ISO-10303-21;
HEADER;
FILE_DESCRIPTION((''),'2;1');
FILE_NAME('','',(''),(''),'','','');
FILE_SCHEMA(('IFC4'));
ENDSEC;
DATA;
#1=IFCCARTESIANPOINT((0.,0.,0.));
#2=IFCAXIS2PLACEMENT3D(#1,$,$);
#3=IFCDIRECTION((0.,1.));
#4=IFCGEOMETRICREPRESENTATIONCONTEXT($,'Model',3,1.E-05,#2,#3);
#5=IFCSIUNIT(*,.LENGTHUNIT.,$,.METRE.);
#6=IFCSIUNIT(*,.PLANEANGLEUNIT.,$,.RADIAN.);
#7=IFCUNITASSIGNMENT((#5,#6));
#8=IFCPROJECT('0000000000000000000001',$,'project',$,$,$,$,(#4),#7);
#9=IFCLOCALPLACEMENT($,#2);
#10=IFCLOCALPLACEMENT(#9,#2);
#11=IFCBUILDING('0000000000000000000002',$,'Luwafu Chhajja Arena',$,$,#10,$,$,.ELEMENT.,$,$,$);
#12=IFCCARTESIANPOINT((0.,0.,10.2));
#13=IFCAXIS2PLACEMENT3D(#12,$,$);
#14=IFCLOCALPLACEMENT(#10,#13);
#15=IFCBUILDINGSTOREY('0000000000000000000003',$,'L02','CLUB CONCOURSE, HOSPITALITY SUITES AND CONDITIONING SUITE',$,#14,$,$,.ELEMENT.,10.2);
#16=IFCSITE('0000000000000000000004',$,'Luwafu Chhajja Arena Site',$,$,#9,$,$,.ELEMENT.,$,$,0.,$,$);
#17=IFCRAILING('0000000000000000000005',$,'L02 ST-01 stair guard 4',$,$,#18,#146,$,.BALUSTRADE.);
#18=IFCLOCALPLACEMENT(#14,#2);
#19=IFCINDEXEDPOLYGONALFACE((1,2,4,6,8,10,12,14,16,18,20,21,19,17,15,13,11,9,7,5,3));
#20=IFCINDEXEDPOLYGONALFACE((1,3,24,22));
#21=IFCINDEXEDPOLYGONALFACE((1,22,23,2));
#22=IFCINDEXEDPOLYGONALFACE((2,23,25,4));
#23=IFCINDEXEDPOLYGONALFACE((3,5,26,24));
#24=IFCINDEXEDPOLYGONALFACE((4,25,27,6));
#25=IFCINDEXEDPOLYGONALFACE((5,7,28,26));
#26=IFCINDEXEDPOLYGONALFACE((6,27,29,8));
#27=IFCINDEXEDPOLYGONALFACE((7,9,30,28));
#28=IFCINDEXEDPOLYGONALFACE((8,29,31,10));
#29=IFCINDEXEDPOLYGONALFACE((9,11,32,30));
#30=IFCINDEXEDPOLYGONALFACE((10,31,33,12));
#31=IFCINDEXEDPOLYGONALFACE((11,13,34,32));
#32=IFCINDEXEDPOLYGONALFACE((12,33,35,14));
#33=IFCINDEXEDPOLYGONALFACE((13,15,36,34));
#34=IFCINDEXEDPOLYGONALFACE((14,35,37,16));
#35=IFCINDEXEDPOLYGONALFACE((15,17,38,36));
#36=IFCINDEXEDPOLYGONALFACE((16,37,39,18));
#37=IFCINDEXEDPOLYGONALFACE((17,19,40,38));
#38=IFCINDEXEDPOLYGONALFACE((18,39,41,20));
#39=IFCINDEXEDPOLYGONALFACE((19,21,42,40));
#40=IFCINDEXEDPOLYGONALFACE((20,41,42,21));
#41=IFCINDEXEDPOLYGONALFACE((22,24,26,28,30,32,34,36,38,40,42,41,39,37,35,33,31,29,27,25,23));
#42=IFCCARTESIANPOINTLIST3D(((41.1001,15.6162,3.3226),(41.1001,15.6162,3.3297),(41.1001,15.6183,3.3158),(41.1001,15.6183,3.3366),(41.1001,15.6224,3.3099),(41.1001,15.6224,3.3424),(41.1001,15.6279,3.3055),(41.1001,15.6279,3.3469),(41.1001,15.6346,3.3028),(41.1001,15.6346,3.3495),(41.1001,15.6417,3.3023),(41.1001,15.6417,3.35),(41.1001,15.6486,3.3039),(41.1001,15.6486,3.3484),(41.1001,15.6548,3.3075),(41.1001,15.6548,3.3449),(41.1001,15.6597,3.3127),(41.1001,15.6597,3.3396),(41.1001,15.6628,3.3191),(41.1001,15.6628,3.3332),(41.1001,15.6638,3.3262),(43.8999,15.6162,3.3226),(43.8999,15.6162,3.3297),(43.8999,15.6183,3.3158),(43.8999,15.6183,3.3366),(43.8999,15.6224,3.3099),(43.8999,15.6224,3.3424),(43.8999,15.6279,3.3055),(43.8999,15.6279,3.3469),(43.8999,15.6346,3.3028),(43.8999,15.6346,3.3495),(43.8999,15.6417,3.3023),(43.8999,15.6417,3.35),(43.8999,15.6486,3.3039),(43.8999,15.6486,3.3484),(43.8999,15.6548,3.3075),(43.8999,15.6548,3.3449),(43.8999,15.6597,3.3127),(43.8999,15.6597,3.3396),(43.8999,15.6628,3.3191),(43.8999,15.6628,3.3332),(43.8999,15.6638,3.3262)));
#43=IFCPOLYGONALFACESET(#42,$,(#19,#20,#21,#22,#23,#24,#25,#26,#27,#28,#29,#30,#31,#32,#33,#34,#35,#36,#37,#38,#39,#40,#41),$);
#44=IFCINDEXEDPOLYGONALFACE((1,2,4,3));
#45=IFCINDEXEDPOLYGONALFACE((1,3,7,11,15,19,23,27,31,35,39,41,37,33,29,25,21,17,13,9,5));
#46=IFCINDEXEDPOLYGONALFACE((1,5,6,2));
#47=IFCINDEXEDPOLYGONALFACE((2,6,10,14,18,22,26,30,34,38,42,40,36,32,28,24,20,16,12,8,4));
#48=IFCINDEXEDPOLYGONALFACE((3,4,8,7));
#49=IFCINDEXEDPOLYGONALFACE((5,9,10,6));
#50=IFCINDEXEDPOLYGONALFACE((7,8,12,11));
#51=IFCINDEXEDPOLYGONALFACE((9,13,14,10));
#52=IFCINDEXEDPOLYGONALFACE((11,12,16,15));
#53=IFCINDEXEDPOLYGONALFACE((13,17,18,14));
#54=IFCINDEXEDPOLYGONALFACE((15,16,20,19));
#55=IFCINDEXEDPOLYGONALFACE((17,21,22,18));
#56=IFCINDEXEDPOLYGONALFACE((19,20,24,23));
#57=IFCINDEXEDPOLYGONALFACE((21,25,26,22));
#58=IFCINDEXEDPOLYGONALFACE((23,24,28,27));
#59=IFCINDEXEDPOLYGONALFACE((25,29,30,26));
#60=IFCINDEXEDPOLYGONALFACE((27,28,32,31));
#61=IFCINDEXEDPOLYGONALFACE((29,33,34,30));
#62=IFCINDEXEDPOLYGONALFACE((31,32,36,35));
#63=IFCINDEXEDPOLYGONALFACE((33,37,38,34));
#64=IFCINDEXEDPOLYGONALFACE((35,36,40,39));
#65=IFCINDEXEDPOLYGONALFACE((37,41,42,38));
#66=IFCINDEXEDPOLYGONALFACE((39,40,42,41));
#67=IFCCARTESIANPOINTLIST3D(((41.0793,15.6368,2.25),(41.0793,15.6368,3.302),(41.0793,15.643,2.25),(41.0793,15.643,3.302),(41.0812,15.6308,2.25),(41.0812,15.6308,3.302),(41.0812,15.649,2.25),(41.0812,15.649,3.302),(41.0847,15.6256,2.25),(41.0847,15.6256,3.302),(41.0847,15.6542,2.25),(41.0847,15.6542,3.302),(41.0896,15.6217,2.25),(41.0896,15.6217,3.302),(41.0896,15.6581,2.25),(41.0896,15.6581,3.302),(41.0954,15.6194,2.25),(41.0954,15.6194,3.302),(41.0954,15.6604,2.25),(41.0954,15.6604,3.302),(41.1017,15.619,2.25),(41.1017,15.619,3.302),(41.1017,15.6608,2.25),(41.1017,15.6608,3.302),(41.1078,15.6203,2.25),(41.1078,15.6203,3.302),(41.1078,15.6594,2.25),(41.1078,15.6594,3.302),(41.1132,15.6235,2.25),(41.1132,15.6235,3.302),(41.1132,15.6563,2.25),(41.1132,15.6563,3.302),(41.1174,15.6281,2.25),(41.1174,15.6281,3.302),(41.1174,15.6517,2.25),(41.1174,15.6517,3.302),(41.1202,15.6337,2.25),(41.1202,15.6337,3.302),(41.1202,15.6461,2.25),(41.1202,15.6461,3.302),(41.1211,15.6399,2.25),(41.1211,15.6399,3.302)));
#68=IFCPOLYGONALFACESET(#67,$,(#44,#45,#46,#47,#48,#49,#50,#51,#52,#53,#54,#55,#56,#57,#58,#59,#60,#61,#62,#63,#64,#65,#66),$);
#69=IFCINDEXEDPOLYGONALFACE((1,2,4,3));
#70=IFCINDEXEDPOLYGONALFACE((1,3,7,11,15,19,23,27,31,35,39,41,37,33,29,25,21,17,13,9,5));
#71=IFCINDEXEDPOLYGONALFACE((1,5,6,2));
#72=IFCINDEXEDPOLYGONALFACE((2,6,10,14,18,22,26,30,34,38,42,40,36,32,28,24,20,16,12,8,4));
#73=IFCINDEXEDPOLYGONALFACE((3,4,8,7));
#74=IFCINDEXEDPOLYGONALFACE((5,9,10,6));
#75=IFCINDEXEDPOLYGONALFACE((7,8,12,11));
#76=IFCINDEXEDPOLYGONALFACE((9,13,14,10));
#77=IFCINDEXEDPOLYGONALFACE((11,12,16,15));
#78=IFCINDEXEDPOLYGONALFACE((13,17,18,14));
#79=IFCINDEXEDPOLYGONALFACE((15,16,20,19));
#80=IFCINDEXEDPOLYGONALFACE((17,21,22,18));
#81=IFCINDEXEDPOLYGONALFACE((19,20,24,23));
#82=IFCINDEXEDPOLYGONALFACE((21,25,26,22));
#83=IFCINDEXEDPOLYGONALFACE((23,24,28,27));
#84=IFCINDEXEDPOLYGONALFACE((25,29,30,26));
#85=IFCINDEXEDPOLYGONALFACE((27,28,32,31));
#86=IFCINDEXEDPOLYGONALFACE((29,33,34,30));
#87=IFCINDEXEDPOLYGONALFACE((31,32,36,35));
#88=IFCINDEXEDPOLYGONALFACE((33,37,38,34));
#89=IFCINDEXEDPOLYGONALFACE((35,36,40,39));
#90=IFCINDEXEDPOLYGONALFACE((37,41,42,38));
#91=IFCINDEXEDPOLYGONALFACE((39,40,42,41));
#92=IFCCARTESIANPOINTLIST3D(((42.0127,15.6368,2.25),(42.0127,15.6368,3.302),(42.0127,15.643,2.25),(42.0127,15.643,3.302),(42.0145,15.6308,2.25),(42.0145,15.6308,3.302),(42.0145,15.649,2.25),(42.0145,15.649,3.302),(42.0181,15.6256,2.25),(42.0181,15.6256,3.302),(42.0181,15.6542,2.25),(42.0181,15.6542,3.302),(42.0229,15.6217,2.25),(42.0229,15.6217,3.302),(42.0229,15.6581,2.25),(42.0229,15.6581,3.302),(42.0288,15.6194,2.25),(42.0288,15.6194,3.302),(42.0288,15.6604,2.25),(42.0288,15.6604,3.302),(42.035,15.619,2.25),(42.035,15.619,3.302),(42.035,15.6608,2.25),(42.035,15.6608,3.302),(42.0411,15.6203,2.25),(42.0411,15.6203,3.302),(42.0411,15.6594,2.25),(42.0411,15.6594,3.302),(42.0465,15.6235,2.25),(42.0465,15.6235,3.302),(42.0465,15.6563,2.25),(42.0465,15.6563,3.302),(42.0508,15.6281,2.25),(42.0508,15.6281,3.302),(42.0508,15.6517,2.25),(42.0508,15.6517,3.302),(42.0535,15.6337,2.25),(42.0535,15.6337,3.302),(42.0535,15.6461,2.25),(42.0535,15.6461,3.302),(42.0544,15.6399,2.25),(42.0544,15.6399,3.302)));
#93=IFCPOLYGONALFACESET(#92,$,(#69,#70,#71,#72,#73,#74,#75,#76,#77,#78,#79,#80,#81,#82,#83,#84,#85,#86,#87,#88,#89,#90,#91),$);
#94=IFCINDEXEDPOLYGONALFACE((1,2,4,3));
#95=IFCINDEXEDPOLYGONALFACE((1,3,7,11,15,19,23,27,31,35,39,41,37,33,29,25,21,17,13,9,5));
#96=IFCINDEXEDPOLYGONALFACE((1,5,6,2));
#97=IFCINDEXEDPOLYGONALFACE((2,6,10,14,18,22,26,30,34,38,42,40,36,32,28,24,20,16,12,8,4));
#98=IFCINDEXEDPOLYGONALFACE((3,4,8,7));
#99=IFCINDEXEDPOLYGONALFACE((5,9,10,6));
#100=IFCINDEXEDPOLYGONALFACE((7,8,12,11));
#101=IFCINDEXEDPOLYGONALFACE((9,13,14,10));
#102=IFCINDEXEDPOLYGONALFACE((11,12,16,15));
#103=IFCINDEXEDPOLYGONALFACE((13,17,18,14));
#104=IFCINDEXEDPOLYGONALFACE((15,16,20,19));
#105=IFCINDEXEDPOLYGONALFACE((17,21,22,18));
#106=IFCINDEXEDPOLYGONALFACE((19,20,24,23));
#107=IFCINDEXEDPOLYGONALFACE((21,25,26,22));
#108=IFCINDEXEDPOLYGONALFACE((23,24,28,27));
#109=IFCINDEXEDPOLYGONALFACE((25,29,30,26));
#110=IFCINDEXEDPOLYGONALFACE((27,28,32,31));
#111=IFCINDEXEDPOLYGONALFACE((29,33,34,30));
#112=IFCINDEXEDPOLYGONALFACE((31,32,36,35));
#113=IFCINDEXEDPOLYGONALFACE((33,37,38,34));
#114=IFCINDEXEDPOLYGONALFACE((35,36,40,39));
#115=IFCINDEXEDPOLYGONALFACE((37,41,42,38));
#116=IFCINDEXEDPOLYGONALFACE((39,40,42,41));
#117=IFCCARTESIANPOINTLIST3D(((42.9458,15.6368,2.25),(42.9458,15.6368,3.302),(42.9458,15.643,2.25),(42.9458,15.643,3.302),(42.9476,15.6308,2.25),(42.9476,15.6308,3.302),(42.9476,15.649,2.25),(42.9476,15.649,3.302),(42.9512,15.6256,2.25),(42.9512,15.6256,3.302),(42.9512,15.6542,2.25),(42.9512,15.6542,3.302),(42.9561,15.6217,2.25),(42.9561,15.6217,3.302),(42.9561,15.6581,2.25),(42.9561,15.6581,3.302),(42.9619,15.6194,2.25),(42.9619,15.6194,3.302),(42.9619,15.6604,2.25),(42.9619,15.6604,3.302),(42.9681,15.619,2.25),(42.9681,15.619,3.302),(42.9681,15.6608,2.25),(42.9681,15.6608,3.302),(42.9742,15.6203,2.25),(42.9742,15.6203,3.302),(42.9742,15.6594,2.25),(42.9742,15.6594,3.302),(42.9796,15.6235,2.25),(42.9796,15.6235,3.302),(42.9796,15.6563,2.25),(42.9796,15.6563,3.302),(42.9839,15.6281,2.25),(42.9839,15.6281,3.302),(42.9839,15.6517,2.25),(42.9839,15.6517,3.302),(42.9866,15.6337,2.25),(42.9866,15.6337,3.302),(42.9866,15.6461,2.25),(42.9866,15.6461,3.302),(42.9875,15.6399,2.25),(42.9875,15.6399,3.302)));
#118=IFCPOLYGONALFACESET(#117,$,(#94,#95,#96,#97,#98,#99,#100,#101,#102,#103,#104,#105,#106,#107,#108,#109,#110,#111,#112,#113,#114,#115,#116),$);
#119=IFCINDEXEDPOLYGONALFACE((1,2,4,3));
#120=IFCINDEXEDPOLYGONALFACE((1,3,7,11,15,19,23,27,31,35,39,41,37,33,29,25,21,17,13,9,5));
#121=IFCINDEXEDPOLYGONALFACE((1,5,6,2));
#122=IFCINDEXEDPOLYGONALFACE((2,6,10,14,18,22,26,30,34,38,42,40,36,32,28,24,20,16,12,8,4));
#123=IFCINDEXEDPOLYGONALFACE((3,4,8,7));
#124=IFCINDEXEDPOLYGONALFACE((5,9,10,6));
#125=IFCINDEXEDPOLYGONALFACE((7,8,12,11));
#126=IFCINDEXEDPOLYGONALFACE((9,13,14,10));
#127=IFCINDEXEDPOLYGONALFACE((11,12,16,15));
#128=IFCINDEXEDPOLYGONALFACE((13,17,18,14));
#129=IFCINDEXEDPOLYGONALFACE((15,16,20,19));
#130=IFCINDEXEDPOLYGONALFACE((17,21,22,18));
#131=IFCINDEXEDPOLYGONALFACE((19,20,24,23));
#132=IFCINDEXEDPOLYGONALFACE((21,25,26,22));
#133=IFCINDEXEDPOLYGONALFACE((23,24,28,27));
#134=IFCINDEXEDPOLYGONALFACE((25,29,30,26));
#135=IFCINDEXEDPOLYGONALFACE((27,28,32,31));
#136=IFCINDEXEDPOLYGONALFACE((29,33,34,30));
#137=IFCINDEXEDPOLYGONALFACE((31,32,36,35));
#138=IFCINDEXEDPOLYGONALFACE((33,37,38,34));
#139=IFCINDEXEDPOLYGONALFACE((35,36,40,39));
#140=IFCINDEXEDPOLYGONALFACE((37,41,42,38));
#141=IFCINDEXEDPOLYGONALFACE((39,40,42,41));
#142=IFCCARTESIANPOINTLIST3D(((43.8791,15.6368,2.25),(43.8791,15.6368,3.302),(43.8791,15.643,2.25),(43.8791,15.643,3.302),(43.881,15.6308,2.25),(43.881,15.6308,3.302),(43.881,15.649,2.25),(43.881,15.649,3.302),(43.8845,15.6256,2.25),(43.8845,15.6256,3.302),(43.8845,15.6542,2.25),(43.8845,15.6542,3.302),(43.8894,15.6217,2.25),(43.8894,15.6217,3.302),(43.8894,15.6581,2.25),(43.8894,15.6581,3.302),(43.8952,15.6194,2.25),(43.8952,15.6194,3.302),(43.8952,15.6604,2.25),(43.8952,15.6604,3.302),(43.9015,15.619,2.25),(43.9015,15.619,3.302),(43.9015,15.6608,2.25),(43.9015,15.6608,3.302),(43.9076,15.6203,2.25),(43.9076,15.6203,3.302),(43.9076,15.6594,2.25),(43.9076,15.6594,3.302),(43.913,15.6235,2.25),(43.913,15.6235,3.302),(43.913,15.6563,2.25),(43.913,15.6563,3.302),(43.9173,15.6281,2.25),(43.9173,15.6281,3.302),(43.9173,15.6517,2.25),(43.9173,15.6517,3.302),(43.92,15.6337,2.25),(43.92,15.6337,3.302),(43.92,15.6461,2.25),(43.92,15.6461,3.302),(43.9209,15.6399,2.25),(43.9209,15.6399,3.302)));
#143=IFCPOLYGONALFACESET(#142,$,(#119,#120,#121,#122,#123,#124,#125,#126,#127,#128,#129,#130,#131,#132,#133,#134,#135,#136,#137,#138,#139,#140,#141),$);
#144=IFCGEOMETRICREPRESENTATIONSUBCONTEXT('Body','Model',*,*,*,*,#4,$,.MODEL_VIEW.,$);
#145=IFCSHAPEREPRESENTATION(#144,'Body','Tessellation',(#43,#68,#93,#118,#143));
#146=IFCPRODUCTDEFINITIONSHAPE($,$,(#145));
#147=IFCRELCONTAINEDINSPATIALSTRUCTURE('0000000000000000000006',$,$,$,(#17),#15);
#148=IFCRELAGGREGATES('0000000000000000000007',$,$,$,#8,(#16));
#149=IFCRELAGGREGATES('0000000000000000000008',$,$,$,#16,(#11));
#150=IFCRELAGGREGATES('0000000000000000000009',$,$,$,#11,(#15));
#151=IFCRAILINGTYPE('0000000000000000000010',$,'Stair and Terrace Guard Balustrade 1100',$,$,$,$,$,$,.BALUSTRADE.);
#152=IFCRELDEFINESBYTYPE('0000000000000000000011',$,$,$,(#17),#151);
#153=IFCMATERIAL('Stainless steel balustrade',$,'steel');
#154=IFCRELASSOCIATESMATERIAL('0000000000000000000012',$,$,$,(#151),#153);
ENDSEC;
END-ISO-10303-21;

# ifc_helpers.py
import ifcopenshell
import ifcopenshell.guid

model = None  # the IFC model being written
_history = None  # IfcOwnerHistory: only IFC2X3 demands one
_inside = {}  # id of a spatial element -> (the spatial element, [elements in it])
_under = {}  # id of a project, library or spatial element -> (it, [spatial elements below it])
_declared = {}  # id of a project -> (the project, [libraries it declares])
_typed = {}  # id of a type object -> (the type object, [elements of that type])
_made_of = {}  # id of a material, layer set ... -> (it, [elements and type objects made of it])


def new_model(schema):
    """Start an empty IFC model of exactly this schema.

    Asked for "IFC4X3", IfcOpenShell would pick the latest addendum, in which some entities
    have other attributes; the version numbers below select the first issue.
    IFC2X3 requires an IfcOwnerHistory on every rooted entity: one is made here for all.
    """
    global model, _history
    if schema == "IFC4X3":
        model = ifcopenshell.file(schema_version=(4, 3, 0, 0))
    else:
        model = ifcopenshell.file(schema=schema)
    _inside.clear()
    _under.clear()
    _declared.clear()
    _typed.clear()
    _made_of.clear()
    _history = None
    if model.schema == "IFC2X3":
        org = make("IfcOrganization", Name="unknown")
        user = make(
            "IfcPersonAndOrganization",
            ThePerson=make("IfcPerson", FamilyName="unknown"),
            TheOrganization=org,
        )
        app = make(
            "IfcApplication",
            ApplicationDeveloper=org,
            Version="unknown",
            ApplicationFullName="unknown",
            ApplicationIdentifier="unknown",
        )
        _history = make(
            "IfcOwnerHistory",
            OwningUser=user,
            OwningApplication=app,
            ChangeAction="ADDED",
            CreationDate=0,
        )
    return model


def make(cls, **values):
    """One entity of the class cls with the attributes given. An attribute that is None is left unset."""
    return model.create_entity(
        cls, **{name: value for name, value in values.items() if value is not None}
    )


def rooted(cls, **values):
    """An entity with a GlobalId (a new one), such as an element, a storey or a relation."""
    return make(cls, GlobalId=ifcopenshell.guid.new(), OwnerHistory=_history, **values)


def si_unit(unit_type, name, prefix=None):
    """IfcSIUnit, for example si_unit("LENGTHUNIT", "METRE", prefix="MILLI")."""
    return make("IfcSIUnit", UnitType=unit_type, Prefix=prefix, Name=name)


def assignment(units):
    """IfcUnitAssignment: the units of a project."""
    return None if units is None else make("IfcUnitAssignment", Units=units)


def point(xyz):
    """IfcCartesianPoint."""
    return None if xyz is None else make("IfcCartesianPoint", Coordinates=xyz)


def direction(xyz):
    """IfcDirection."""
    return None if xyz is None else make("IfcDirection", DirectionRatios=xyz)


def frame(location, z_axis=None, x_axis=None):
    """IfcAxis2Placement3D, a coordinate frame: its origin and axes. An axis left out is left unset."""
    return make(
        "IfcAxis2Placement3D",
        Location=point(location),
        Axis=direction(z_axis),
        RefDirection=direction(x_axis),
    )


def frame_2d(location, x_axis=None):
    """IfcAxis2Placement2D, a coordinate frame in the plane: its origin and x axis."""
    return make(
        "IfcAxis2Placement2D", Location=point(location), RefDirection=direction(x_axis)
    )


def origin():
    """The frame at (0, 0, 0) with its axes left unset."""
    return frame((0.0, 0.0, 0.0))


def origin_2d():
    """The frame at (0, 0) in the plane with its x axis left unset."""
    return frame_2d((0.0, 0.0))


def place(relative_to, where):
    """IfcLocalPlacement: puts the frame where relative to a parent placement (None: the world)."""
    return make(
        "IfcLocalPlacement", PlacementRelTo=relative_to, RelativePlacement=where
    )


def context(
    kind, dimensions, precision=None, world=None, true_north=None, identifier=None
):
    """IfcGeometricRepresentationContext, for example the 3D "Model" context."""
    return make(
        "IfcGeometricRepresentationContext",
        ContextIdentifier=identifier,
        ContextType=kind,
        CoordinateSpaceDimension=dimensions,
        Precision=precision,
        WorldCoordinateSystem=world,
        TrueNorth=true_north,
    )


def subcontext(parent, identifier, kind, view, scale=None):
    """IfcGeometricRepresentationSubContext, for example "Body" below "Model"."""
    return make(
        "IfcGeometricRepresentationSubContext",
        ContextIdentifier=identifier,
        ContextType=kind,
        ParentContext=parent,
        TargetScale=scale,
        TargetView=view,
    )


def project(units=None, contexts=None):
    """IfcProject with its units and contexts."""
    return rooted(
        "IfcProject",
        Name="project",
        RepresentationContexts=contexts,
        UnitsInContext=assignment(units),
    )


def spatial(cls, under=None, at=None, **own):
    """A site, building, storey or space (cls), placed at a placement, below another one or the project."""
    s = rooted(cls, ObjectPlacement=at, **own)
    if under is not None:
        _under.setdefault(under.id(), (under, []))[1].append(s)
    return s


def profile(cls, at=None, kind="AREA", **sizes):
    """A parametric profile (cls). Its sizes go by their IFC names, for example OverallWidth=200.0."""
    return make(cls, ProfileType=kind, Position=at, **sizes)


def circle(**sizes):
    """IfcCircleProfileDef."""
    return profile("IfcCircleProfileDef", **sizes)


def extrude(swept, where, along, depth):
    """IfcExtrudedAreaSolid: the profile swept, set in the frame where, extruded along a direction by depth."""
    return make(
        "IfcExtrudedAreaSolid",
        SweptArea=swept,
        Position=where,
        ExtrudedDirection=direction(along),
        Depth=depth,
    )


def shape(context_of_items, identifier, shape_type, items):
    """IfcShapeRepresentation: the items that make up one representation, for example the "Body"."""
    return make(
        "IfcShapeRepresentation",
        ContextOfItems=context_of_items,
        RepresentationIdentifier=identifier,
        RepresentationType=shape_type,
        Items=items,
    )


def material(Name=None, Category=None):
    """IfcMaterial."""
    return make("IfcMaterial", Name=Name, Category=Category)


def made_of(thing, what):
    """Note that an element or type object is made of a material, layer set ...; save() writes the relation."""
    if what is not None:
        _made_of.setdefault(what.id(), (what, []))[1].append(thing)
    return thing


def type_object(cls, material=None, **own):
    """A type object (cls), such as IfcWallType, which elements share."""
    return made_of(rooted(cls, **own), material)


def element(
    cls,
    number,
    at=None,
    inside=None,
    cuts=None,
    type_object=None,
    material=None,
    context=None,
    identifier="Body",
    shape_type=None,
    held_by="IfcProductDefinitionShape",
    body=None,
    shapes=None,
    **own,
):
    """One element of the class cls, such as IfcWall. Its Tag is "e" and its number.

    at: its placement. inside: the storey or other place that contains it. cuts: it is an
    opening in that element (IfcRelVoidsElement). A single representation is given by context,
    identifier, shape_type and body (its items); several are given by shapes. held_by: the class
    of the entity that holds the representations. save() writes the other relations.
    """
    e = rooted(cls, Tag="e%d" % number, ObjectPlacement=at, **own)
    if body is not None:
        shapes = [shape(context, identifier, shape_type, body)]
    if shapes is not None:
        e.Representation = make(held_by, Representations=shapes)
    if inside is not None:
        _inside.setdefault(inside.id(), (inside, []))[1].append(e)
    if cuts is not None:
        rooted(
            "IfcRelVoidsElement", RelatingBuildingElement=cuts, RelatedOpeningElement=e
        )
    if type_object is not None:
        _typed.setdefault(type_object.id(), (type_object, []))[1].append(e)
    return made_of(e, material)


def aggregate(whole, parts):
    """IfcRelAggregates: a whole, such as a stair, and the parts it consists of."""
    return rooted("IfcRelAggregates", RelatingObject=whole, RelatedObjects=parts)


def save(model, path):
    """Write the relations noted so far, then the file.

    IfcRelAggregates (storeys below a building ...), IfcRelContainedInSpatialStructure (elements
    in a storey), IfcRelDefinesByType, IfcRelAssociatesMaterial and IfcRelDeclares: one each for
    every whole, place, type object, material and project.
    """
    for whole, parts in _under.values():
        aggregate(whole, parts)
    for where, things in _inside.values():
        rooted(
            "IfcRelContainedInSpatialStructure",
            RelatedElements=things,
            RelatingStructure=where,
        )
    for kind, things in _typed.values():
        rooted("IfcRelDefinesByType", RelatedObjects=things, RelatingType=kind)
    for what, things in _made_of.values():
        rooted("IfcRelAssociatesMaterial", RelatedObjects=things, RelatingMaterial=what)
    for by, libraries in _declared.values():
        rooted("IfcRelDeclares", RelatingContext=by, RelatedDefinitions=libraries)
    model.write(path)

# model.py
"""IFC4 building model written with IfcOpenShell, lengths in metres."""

from ifc_helpers import new_model, si_unit, direction, frame, origin, origin_2d, place, context, subcontext, project, spatial, circle, extrude, material, type_object, element, save


model = new_model("IFC4")

# Units and contexts
model_context = context("Model", 3, precision=1e-05, world=origin(), true_north=direction((0.0, 1.0)))
body_context = subcontext(model_context, "Body", "Model", "MODEL_VIEW")
ifc_project = project(units=[si_unit("LENGTHUNIT", "METRE"), si_unit("PLANEANGLEUNIT", "RADIAN")], contexts=[model_context])

# Site, building, storey
site_placement = place(None, origin())
site = spatial("IfcSite", under=ifc_project, at=site_placement, Name="Luwafu Chhajja Arena Site", CompositionType="ELEMENT", RefElevation=0.0)
building_placement = place(site_placement, origin())
building = spatial("IfcBuilding", under=site, at=building_placement, Name="Luwafu Chhajja Arena", CompositionType="ELEMENT")
storey_placement = place(building_placement, frame((0.0, 0.0, 10.2)))
storey = spatial("IfcBuildingStorey", under=building, at=storey_placement, Name="L02", Description="CLUB CONCOURSE, HOSPITALITY SUITES AND CONDITIONING SUITE", CompositionType="ELEMENT", Elevation=10.2)

# Railing
ifc_material_1 = material(Name="Stainless steel balustrade", Category="steel")
railing_type_1 = type_object("IfcRailingType", Name="Stair and Terrace Guard Balustrade 1100", PredefinedType="BALUSTRADE", material=ifc_material_1)
railing_1_placement = place(storey_placement, frame((41.1001, 15.6399, 2.25)))
element("IfcRailing", 1, at=railing_1_placement, inside=storey, type_object=railing_type_1, Name="L02 ST-01 stair guard 4", PredefinedType="BALUSTRADE", context=body_context, shape_type="SweptSolid", body=[
    extrude(circle(Radius=0.0239, at=origin_2d()), frame((0.0, 0.0, 1.0762), z_axis=(1.0, 0.0, 0.0), x_axis=(0.0, 1.0, 0.0)), (0.0, 0.0, 1.0), 2.7998),
    extrude(circle(Radius=0.021, at=origin_2d()), origin(), (0.0, 0.0, 1.0), 1.052),
    extrude(circle(Radius=0.021, at=origin_2d()), frame((0.9333, 0.0, 0.0)), (0.0, 0.0, 1.0), 1.052),
    extrude(circle(Radius=0.021, at=origin_2d()), frame((1.8665, 0.0, 0.0)), (0.0, 0.0, 1.0), 1.052),
    extrude(circle(Radius=0.021, at=origin_2d()), frame((2.7998, 0.0, 0.0)), (0.0, 0.0, 1.0), 1.052),
])

save(model, "model.ifc")
